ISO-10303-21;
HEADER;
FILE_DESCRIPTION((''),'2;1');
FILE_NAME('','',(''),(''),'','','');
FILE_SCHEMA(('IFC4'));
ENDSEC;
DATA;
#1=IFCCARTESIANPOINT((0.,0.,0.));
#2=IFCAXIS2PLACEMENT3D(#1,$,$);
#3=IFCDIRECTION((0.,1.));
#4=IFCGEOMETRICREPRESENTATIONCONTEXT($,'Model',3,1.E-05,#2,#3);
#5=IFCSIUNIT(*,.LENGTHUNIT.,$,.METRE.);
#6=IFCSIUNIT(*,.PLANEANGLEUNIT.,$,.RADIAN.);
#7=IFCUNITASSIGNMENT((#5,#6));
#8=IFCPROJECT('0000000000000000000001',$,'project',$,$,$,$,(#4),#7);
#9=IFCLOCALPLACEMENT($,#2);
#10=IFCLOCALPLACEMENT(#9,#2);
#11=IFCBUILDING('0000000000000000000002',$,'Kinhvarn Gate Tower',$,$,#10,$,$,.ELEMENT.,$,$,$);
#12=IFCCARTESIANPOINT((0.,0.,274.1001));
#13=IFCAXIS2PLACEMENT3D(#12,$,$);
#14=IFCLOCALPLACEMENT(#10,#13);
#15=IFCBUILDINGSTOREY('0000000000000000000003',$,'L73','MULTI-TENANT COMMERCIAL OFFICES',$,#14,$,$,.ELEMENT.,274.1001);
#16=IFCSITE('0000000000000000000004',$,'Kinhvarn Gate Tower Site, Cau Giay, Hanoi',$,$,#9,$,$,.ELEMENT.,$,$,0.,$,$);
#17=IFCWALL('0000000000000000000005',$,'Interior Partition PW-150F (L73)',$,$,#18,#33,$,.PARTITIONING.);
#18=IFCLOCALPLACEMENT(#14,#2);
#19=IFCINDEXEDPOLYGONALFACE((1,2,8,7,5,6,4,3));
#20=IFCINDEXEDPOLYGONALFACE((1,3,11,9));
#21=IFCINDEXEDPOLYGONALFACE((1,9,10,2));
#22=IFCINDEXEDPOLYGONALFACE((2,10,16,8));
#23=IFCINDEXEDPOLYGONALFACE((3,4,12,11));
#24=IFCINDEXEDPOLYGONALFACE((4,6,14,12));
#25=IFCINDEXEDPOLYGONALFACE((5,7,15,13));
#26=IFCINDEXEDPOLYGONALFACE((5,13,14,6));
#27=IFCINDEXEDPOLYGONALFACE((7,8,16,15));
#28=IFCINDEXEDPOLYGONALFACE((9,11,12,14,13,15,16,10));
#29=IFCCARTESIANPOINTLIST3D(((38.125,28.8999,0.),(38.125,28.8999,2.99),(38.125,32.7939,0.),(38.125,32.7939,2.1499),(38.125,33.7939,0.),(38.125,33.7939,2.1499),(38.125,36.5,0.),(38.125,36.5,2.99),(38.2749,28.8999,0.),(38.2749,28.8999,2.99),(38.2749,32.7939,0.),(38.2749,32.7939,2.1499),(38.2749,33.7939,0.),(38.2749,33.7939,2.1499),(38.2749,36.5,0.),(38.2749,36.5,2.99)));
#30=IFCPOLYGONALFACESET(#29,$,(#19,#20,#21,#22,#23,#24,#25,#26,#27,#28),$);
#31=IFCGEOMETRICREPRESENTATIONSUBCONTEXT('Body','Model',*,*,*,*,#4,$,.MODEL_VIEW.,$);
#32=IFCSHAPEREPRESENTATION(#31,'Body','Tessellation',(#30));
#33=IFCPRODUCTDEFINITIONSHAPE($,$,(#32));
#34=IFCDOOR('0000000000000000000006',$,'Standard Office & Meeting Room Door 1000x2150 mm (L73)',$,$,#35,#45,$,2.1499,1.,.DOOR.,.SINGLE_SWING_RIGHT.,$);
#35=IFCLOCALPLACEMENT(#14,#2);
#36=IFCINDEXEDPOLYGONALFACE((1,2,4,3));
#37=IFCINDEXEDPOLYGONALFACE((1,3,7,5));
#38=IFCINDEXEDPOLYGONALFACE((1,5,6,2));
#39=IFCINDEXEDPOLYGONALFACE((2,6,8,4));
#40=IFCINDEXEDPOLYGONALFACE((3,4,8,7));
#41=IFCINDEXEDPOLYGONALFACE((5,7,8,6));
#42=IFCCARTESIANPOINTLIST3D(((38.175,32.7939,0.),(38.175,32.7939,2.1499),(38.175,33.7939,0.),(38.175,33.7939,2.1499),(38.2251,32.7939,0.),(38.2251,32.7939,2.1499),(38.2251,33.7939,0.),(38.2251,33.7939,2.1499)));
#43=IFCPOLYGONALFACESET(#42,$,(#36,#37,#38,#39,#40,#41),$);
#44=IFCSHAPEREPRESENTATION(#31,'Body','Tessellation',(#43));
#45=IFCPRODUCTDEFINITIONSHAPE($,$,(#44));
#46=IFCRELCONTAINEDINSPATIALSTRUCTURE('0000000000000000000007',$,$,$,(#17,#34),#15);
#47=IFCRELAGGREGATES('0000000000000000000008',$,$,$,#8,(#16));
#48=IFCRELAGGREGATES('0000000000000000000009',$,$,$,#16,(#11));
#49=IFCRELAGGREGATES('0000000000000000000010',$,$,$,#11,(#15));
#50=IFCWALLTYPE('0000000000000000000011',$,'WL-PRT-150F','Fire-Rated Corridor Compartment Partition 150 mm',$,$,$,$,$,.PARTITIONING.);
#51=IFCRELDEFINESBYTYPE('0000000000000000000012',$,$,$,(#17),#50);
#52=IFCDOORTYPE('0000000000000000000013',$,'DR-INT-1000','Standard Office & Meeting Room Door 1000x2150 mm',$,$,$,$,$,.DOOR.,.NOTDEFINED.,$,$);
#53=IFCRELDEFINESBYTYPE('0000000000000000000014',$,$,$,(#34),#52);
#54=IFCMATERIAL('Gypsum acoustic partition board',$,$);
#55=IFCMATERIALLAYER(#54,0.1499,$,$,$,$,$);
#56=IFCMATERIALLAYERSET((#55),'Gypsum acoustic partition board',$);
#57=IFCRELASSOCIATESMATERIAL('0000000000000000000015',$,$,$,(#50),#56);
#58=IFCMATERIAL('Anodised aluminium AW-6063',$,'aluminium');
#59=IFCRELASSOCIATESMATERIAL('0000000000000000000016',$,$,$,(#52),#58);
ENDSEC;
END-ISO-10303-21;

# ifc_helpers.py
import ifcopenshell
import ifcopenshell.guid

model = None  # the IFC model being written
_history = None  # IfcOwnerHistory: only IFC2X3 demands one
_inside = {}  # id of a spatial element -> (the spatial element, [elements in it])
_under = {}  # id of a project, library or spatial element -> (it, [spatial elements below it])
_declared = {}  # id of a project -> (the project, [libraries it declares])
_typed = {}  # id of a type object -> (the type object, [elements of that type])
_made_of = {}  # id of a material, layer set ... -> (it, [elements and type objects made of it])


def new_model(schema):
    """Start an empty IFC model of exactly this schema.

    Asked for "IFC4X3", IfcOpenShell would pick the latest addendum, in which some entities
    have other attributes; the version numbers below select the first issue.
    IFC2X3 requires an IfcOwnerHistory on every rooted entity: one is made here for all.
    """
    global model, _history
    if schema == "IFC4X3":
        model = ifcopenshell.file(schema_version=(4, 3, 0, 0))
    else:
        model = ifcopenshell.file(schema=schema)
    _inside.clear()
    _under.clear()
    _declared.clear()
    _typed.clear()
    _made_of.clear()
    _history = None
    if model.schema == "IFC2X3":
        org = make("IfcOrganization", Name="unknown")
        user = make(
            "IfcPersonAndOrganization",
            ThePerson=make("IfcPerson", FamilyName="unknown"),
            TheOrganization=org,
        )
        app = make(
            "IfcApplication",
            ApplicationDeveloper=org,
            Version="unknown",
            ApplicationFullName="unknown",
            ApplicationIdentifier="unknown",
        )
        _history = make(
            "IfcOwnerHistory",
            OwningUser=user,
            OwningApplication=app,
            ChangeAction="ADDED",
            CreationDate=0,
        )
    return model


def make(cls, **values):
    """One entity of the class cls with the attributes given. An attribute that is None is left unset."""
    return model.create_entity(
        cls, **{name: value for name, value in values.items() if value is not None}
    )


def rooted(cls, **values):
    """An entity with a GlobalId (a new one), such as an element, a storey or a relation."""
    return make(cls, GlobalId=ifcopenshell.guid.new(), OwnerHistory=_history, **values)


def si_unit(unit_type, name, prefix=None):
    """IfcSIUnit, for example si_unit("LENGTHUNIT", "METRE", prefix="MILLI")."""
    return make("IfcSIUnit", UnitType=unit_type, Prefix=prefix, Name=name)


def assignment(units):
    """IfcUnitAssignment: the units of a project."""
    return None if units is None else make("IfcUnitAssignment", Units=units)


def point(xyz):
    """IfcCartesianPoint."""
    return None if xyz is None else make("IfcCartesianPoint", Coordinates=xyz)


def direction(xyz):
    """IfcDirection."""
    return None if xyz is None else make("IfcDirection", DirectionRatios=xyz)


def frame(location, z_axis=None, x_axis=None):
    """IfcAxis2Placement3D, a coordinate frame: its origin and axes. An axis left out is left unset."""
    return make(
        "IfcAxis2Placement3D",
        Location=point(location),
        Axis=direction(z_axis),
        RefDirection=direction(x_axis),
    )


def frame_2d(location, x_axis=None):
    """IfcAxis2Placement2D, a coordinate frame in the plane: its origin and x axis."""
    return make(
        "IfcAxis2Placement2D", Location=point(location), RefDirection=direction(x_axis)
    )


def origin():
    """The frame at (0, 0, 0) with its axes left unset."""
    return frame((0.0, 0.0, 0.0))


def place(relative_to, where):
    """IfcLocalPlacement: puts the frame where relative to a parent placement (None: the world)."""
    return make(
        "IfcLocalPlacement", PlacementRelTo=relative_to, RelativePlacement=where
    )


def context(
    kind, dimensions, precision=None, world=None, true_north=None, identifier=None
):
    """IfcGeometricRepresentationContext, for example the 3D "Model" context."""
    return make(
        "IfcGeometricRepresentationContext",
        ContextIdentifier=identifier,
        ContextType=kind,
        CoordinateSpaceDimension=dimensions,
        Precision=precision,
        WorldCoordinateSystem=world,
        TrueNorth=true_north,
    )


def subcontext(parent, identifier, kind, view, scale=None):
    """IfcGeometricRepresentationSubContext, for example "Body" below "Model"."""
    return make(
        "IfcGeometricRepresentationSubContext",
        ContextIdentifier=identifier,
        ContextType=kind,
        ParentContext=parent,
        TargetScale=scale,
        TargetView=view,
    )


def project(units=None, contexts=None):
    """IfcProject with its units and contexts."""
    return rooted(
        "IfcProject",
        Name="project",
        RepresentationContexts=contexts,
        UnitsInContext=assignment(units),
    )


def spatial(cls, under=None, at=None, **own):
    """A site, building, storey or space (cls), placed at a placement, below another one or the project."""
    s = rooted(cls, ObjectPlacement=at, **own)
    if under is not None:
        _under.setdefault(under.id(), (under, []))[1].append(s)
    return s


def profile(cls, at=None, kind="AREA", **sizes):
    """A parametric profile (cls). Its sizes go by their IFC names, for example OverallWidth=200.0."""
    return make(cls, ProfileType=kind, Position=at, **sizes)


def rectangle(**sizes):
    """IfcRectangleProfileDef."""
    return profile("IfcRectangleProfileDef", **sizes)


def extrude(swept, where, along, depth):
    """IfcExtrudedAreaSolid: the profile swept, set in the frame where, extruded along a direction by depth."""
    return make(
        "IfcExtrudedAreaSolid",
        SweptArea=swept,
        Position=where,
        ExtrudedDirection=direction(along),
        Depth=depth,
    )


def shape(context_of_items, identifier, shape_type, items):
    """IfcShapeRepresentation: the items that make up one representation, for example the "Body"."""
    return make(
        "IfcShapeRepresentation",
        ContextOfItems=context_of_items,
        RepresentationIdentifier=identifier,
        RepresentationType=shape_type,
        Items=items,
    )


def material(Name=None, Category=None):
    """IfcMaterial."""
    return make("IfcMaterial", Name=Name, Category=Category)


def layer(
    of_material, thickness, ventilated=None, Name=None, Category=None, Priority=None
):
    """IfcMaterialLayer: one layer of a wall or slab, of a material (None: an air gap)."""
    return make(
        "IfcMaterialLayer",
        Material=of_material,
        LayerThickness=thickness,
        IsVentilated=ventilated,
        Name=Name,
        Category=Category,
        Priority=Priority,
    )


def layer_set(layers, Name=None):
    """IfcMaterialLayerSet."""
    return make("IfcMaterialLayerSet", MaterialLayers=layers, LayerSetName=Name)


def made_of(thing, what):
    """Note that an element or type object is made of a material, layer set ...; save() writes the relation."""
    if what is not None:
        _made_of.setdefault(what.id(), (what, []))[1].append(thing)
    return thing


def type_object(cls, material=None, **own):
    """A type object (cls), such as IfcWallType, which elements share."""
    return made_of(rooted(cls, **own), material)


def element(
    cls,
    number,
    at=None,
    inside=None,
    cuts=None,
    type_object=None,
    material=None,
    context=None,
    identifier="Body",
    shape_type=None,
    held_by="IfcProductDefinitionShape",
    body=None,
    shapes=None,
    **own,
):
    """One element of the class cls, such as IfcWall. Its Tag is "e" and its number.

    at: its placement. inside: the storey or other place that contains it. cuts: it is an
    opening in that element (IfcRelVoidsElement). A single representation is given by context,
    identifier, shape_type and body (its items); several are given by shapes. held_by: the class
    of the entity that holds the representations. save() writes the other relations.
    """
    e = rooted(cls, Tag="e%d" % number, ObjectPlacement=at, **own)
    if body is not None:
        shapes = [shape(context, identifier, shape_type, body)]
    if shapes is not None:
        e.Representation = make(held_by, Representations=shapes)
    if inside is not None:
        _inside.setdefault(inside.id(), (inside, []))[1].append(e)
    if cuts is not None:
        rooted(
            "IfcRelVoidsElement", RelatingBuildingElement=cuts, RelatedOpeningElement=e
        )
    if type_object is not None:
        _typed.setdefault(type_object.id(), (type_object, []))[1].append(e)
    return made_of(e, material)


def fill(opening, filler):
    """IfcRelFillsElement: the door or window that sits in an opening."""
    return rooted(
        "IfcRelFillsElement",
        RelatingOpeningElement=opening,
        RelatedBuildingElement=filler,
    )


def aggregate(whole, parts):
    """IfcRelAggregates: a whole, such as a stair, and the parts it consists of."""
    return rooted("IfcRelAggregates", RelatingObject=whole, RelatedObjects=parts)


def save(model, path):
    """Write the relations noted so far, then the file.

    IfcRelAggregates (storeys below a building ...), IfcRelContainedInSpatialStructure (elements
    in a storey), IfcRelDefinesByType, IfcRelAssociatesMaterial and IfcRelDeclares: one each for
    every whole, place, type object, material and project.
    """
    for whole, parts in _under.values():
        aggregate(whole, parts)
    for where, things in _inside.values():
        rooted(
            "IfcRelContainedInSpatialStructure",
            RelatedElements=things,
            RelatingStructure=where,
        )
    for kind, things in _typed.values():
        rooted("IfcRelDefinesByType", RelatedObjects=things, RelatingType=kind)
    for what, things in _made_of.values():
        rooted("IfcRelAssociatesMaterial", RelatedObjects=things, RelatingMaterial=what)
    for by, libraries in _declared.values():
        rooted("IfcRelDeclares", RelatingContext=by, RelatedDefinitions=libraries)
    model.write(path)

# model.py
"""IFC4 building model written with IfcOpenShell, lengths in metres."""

from ifc_helpers import new_model, si_unit, direction, frame, frame_2d, origin, place, context, subcontext, project, spatial, rectangle, extrude, material, layer, layer_set, type_object, element, fill, save


model = new_model("IFC4")

# Units and contexts
model_context = context("Model", 3, precision=1e-05, world=origin(), true_north=direction((0.0, 1.0)))
body_context = subcontext(model_context, "Body", "Model", "MODEL_VIEW")
ifc_project = project(units=[si_unit("LENGTHUNIT", "METRE"), si_unit("PLANEANGLEUNIT", "RADIAN")], contexts=[model_context])

# Site, building, storey
site_placement = place(None, origin())
site = spatial("IfcSite", under=ifc_project, at=site_placement, Name="Kinhvarn Gate Tower Site, Cau Giay, Hanoi", CompositionType="ELEMENT", RefElevation=0.0)
building_placement = place(site_placement, origin())
building = spatial("IfcBuilding", under=site, at=building_placement, Name="Kinhvarn Gate Tower", CompositionType="ELEMENT")
storey_placement = place(building_placement, frame((0.0, 0.0, 274.1001)))
storey = spatial("IfcBuildingStorey", under=building, at=storey_placement, Name="L73", Description="MULTI-TENANT COMMERCIAL OFFICES", CompositionType="ELEMENT", Elevation=274.1001)

# Shared definitions
ifc_material_1 = material(Name="Anodised aluminium AW-6063", Category="aluminium")

# Shared definitions
ifc_material_2 = material(Name="Gypsum acoustic partition board")

# Wall, opening, door
ifc_layer_1 = layer(ifc_material_2, 0.1499)
ifc_layer_set_1 = layer_set([ifc_layer_1], Name="Gypsum acoustic partition board")
wall_type_1 = type_object("IfcWallType", Name="WL-PRT-150F", Description="Fire-Rated Corridor Compartment Partition 150 mm", PredefinedType="PARTITIONING", material=ifc_layer_set_1)
wall_1_placement = place(storey_placement, frame((38.2, 28.8999, 0.0), z_axis=(0.0, 0.0, 1.0), x_axis=(0.0, 1.0, 0.0)))
wall_1 = element("IfcWall", 1, at=wall_1_placement, inside=storey, type_object=wall_type_1, Name="Interior Partition PW-150F (L73)", PredefinedType="PARTITIONING", context=body_context, shape_type="SweptSolid", body=[
    extrude(rectangle(XDim=7.6001, YDim=0.1499, at=frame_2d((3.8, 0.0))), origin(), (0.0, 0.0, 1.0), 2.99),
])
opening_placement = place(wall_1_placement, frame((3.894, 0.0, 0.0)))
opening = element("IfcOpeningElement", 2, at=opening_placement, cuts=wall_1, PredefinedType="OPENING", context=body_context, shape_type="SweptSolid", body=[
    extrude(rectangle(XDim=1.0, YDim=2.1499, at=frame_2d((0.5, 1.075))), frame((0.0, 0.085, 0.0), z_axis=(0.0, -1.0, 0.0), x_axis=(1.0, 0.0, 0.0)), (0.0, 0.0, 1.0), 0.1699),
])
door_type = type_object("IfcDoorType", Name="DR-INT-1000", Description="Standard Office & Meeting Room Door 1000x2150 mm", OperationType="NOTDEFINED", PredefinedType="DOOR", material=ifc_material_1)
door_placement = place(opening_placement, origin())
door = element("IfcDoor", 3, at=door_placement, inside=storey, type_object=door_type, Name="Standard Office & Meeting Room Door 1000x2150 mm (L73)", OperationType="SINGLE_SWING_RIGHT", OverallHeight=2.1499, OverallWidth=1.0, PredefinedType="DOOR", context=body_context, shape_type="SweptSolid", body=[
    extrude(rectangle(XDim=1.0, YDim=2.1499, at=frame_2d((0.5, 1.075))), frame((0.0, 0.0249, 0.0), z_axis=(0.0, -1.0, 0.0), x_axis=(1.0, 0.0, 0.0)), (0.0, 0.0, 1.0), 0.05),
])
fill(opening, door)

save(model, "model.ifc")
